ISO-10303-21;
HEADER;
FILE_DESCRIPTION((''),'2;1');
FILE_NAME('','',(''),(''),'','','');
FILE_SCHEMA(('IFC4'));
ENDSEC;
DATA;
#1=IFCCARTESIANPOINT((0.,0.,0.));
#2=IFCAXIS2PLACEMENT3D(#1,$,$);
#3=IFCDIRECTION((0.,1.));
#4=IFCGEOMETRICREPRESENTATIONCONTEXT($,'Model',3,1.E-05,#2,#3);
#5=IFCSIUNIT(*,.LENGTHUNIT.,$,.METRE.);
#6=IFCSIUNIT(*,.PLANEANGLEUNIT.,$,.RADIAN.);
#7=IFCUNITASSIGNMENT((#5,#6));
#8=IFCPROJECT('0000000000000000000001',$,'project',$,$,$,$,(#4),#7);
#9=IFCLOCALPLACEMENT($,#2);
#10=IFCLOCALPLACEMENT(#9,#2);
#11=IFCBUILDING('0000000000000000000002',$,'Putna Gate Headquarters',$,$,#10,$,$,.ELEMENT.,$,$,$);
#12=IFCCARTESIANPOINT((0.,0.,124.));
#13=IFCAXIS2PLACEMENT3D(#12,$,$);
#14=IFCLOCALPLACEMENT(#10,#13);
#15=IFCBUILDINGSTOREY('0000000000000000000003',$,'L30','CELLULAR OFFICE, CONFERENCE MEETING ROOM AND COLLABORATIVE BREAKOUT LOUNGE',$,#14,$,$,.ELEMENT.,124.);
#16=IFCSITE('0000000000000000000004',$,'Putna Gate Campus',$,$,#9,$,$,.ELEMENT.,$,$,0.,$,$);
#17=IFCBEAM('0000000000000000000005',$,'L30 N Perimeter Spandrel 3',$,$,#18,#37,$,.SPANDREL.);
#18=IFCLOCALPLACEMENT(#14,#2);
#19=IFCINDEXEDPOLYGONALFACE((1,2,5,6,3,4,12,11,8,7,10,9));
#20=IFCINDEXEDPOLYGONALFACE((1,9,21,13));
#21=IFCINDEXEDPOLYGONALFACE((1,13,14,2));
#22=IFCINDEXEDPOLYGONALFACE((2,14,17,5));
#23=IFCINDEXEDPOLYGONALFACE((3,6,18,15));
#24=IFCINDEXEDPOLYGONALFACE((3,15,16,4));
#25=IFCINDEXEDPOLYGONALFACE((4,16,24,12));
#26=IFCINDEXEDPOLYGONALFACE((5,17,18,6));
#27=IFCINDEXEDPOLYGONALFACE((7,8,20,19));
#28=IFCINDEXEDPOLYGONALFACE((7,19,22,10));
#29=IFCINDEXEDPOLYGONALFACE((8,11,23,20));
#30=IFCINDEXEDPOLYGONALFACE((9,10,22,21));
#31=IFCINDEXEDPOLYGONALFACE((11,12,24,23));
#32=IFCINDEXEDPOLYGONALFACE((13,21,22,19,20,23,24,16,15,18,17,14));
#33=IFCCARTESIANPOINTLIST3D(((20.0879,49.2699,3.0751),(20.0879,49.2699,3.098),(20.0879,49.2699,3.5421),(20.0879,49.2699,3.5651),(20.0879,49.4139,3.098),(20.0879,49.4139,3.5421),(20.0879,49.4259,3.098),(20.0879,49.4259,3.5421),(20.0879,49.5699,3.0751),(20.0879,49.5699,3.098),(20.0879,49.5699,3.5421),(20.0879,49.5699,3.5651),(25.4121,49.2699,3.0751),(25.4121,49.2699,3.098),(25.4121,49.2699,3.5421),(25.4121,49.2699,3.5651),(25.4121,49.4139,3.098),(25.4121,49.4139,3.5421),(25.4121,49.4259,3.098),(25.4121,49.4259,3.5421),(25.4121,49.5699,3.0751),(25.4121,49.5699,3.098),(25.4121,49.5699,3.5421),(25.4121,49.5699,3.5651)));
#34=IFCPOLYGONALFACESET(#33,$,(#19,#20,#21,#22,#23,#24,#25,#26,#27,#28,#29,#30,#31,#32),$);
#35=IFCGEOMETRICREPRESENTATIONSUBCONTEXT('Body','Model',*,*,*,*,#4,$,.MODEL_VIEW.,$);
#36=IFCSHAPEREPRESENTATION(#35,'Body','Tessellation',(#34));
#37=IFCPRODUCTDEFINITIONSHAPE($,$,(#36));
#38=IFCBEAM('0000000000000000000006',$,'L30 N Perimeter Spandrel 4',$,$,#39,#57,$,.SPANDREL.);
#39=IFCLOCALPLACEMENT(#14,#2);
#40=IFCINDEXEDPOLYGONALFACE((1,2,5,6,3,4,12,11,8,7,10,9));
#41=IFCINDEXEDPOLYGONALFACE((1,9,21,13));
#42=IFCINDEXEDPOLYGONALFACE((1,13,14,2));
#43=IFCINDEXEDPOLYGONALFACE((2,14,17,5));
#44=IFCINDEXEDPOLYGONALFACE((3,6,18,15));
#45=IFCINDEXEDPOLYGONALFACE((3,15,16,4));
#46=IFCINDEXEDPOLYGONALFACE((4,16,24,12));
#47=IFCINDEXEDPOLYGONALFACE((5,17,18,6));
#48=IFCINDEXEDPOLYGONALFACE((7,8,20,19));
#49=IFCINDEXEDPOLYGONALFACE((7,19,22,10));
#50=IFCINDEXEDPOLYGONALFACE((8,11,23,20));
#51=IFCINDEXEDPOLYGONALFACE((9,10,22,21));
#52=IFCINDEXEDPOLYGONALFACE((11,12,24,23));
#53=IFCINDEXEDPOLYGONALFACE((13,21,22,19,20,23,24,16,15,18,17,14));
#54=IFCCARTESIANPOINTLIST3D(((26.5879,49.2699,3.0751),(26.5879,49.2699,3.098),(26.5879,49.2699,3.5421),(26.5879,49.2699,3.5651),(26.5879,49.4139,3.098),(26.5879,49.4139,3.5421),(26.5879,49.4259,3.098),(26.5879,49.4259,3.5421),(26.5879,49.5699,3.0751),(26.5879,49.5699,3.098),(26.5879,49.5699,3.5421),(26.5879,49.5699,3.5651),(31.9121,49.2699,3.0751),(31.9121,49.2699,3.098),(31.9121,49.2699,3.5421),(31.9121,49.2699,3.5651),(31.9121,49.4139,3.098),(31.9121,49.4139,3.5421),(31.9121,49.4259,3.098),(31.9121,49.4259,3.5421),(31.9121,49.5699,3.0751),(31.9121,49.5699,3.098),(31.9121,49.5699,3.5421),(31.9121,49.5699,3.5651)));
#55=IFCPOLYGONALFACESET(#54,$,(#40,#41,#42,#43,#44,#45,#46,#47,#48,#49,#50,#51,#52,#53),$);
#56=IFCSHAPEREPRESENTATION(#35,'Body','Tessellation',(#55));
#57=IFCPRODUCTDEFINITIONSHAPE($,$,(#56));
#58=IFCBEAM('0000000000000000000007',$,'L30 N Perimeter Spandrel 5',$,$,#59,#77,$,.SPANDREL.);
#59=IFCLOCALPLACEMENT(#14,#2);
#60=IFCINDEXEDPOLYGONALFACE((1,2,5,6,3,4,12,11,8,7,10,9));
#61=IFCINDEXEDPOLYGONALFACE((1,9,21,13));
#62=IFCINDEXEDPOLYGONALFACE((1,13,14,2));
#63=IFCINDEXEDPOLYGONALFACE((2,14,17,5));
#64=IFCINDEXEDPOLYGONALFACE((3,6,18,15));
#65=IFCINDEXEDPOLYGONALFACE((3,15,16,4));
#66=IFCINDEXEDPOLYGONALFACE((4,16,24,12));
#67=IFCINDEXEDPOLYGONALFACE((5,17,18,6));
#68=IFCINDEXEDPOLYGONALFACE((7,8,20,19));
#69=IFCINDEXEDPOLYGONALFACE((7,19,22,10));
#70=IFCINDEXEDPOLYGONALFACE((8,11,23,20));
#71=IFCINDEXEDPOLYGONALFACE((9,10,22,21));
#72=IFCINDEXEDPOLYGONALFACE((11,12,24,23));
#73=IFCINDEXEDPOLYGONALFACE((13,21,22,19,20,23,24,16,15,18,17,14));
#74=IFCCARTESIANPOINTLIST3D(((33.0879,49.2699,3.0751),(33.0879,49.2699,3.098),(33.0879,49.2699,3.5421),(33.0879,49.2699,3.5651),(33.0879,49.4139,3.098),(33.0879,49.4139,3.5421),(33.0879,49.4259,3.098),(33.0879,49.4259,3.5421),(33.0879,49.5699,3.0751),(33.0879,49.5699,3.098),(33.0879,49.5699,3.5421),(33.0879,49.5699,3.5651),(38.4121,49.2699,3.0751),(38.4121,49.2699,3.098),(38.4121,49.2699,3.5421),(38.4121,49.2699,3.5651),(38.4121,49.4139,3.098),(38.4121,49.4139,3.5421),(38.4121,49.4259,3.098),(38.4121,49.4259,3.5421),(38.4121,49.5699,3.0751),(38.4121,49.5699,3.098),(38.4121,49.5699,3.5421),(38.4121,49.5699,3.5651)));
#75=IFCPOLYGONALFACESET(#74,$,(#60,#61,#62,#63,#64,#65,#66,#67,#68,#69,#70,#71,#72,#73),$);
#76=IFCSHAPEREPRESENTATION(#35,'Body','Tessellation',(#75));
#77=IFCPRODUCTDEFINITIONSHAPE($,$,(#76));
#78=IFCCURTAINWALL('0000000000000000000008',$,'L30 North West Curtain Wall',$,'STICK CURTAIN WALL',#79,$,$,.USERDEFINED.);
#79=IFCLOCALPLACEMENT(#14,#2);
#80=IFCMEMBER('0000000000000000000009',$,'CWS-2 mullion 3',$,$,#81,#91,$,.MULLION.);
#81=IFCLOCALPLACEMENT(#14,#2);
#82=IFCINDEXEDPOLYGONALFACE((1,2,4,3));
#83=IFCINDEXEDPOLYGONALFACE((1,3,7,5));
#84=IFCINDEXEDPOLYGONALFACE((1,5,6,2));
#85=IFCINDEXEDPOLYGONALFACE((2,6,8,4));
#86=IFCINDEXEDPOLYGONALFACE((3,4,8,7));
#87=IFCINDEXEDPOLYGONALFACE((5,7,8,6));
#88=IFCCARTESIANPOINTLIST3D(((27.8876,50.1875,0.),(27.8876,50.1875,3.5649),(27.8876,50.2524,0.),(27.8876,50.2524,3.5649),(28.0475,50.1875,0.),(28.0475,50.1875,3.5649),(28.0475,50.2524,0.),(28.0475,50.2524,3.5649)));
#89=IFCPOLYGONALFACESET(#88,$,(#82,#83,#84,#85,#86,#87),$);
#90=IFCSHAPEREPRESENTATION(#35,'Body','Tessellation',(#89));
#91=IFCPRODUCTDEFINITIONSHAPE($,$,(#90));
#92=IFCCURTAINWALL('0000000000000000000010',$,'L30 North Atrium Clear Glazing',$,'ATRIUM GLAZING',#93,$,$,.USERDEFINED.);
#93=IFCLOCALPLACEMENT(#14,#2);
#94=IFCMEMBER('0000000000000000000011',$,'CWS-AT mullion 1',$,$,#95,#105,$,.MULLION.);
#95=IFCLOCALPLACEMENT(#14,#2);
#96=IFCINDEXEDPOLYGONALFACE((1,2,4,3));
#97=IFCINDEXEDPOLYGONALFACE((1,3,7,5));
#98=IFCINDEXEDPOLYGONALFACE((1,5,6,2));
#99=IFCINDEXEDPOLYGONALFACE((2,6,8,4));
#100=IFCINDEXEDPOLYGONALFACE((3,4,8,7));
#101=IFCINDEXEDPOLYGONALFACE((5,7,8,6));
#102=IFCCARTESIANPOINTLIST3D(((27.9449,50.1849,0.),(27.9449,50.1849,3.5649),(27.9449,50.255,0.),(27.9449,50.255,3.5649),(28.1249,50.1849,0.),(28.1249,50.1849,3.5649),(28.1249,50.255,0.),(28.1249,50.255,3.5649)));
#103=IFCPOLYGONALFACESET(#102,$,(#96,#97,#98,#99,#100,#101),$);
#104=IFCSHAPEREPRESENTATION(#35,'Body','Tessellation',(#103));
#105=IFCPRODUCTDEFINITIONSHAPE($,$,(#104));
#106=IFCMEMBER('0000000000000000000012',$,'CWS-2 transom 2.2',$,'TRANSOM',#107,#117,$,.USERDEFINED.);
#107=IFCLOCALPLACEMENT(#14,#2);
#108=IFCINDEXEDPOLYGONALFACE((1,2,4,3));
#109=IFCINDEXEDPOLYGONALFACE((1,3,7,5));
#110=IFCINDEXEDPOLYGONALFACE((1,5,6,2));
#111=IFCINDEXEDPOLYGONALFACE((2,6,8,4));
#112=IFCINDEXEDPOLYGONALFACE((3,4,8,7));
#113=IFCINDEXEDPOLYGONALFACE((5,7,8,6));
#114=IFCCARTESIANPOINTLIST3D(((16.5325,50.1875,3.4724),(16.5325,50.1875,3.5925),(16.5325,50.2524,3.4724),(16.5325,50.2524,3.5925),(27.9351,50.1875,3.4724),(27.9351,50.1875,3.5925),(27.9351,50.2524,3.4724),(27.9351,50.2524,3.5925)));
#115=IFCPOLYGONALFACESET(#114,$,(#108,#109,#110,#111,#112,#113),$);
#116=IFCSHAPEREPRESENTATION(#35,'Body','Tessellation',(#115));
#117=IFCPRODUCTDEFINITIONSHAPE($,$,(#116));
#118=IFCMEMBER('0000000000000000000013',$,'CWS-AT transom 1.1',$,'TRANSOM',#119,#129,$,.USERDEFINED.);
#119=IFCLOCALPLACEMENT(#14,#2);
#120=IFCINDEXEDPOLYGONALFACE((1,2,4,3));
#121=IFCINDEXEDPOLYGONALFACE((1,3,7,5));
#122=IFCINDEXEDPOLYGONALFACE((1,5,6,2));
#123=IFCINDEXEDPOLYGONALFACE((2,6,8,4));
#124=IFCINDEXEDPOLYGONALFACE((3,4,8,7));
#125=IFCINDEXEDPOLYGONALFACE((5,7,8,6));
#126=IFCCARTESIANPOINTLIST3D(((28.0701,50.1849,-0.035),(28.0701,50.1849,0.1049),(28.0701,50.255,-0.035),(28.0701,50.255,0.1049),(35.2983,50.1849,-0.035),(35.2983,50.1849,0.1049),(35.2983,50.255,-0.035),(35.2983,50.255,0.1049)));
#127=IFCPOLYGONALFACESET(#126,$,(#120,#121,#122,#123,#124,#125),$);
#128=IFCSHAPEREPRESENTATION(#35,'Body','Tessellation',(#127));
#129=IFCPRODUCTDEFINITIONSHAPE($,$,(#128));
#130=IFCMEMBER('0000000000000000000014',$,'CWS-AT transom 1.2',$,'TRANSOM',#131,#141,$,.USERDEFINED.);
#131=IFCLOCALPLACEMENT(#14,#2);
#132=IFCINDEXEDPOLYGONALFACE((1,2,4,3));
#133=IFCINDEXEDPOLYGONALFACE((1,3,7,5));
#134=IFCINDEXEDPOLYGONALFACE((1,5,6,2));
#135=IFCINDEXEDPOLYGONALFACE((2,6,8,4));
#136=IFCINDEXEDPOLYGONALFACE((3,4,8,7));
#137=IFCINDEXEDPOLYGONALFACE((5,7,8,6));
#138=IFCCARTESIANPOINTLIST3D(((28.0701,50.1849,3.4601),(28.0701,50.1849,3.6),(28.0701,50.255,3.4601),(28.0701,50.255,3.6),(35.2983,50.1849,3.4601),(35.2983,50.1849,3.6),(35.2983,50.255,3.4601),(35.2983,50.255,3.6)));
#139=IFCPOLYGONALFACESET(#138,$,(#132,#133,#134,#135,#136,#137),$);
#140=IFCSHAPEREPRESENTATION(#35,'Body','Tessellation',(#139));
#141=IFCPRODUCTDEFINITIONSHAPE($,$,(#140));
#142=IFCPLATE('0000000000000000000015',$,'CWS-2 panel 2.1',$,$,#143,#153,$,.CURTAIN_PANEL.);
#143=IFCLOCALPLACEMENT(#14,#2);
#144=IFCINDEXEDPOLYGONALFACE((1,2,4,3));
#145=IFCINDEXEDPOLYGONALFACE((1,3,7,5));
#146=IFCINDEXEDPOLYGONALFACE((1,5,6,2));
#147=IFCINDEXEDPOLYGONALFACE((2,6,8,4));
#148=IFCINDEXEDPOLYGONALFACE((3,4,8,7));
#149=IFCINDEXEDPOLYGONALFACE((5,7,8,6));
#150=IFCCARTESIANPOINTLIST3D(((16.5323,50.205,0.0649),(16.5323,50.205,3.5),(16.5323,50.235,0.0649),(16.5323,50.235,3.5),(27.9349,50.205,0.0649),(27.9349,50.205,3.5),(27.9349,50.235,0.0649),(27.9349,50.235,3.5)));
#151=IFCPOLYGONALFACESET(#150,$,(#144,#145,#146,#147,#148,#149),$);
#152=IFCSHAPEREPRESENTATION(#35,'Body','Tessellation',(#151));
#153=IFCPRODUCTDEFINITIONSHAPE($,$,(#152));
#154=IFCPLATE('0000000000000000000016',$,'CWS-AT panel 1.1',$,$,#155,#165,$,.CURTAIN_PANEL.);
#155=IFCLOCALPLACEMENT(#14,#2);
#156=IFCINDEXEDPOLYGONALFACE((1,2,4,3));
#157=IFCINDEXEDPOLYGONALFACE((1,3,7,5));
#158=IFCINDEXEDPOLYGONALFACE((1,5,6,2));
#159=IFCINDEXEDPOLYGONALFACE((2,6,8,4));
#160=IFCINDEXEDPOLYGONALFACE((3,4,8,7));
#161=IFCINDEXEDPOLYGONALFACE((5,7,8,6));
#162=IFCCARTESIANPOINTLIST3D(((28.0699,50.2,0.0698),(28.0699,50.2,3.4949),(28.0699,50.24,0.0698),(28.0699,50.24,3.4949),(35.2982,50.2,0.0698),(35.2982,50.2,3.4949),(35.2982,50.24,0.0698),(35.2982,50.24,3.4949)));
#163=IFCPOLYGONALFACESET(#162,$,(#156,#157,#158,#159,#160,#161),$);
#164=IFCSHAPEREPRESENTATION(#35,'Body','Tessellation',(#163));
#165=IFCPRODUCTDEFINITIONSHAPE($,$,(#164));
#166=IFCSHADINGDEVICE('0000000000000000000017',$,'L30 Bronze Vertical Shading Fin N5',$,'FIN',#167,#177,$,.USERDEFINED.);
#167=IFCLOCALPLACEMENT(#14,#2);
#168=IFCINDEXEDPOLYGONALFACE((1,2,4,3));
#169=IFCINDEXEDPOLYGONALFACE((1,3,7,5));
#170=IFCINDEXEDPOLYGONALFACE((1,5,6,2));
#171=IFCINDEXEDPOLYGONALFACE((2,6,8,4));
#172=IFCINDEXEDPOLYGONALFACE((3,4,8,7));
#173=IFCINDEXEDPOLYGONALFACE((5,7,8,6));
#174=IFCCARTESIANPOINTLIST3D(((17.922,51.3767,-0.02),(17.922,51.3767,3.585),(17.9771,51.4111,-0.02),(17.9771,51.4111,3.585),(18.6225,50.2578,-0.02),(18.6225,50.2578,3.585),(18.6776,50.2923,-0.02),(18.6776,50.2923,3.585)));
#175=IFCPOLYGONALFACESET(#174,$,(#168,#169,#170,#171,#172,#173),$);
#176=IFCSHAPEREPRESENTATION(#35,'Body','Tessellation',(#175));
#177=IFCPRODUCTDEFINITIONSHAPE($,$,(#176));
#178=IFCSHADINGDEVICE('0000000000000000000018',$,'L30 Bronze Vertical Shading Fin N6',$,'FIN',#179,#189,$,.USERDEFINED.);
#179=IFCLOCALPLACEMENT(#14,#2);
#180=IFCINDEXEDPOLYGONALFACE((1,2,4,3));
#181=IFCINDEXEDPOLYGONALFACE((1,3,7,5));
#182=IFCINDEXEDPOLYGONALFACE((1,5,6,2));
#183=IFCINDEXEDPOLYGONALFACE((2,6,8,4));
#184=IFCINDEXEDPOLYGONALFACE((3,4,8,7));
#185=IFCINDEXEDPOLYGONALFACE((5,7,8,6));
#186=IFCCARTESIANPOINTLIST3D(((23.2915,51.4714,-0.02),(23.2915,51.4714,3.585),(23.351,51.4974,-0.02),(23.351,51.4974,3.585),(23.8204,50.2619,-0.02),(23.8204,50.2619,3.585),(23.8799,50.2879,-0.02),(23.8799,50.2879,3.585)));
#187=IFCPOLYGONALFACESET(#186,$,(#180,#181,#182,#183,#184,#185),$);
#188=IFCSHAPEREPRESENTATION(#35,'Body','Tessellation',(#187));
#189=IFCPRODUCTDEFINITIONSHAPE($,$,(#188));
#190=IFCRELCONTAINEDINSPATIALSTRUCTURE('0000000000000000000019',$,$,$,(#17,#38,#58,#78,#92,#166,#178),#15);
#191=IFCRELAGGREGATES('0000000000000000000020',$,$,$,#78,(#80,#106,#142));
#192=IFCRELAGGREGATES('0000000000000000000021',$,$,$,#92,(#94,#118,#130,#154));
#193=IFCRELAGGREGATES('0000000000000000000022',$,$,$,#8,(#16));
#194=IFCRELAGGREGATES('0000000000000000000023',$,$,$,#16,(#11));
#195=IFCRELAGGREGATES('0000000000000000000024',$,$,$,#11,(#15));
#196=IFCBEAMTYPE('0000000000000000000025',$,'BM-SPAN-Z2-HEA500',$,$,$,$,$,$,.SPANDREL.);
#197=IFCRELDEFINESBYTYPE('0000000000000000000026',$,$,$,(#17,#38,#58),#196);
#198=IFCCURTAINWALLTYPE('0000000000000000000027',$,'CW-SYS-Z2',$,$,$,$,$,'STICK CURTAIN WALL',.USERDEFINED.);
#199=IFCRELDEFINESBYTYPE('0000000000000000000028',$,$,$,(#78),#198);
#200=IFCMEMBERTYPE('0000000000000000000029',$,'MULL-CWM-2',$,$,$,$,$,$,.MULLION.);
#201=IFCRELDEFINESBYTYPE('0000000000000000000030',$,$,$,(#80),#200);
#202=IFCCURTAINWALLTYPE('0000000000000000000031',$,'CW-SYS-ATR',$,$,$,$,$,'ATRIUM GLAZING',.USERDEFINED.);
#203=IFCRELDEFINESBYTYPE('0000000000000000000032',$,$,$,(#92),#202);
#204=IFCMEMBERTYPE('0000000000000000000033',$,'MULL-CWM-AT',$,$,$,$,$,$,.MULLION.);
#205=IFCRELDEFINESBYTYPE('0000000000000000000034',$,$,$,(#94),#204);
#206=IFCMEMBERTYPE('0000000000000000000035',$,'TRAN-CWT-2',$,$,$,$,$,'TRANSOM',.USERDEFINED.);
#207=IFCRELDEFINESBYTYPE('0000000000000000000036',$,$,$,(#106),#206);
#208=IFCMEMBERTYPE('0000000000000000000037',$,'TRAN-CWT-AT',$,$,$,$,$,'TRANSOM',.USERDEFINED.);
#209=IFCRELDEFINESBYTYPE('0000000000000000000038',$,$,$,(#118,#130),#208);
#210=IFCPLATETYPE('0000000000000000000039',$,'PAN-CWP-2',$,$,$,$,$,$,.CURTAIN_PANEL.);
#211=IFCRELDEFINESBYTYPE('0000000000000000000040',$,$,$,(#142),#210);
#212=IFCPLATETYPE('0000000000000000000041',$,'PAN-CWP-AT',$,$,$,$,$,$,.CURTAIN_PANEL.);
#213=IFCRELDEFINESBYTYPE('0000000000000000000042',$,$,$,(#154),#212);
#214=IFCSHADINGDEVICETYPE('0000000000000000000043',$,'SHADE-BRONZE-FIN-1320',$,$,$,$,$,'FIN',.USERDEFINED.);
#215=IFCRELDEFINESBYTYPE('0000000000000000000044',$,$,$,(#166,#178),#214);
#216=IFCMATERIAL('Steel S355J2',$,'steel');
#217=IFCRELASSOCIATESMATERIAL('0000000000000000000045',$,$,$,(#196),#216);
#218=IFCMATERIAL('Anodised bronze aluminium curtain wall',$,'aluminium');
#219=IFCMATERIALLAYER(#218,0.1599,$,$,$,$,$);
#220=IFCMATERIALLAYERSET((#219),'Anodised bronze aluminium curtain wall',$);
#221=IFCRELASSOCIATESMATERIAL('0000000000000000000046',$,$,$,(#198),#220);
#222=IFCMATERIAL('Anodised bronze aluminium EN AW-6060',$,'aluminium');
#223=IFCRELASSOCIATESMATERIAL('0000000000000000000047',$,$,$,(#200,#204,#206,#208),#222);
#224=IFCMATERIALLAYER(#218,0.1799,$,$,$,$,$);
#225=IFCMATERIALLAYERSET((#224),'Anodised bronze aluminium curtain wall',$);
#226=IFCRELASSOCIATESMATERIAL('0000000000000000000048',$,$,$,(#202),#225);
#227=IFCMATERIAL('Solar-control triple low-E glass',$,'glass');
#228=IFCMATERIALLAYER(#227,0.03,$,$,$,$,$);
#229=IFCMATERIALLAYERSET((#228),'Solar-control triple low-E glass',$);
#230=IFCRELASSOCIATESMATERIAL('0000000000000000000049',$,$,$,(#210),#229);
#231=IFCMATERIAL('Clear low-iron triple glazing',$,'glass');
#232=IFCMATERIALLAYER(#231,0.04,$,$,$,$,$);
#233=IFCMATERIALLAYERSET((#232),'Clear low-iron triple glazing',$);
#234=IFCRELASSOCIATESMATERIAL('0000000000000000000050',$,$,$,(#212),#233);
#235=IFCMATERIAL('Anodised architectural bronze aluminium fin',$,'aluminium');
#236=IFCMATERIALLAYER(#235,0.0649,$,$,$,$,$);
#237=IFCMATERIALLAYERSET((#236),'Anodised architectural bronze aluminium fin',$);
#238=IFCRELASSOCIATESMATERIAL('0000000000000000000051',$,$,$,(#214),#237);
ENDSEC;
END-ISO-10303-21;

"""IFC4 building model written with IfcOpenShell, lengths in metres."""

from ifc_helpers import new_model, si_unit, direction, frame, origin, origin_2d, place, context, subcontext, project, spatial, rectangle, i_section, extrude, material, layer, layer_set, material_profile, profile_set, type_object, element, aggregate, save


model = new_model("IFC4")

# Units and contexts
model_context = context("Model", 3, precision=1e-05, world=origin(), true_north=direction((0.0, 1.0)))
body_context = subcontext(model_context, "Body", "Model", "MODEL_VIEW")
ifc_project = project(units=[si_unit("LENGTHUNIT", "METRE"), si_unit("PLANEANGLEUNIT", "RADIAN")], contexts=[model_context])

# Site, building, storey
site_placement = place(None, origin())
site = spatial("IfcSite", under=ifc_project, at=site_placement, Name="Putna Gate Campus", CompositionType="ELEMENT", RefElevation=0.0)
building_placement = place(site_placement, origin())
building = spatial("IfcBuilding", under=site, at=building_placement, Name="Putna Gate Headquarters", CompositionType="ELEMENT")
storey_placement = place(building_placement, frame((0.0, 0.0, 124.0)))
storey = spatial("IfcBuildingStorey", under=building, at=storey_placement, Name="L30", Description="CELLULAR OFFICE, CONFERENCE MEETING ROOM AND COLLABORATIVE BREAKOUT LOUNGE", CompositionType="ELEMENT", Elevation=124.0)

# Beams
ifc_material_1 = material(Name="Steel S355J2", Category="steel")
ifc_material_profile_1 = material_profile(ifc_material_1, i_section(OverallWidth=0.3, OverallDepth=0.49, WebThickness=0.012, FlangeThickness=0.0229, at=origin_2d()), Name="Steel S355J2")
ifc_profile_set_1 = profile_set([ifc_material_profile_1], Name="Steel S355J2")
beam_type_1 = type_object("IfcBeamType", Name="BM-SPAN-Z2-HEA500", PredefinedType="SPANDREL", material=ifc_profile_set_1)
for number, where, z_axis, x_axis, name in (
    (1, (20.0879, 49.4199, 3.3201), (1.0, 0.0, 0.0), (0.0, 1.0, 0.0), "L30 N Perimeter Spandrel 3"),
    (2, (26.5879, 49.4199, 3.3201), (1.0, 0.0, 0.0), (0.0, 1.0, 0.0), "L30 N Perimeter Spandrel 4"),
    (3, (33.0879, 49.4199, 3.3201), (1.0, 0.0, 0.0), (0.0, 1.0, 0.0), "L30 N Perimeter Spandrel 5"),
):
    element("IfcBeam", number, at=place(storey_placement, frame(where, z_axis=z_axis, x_axis=x_axis)), inside=storey, type_object=beam_type_1, Name=name, PredefinedType="SPANDREL", context=body_context, shape_type="SweptSolid", body=[
        extrude(i_section(OverallWidth=0.3, OverallDepth=0.49, WebThickness=0.012, FlangeThickness=0.0229, at=origin_2d()), origin(), (0.0, 0.0, 1.0), 5.3242),
    ])

# Curtain walls, members
ifc_material_2 = material(Name="Anodised bronze aluminium curtain wall", Category="aluminium")
ifc_layer_1 = layer(ifc_material_2, 0.1599)
ifc_layer_set_1 = layer_set([ifc_layer_1], Name="Anodised bronze aluminium curtain wall")
curtain_wall_type_1 = type_object("IfcCurtainWallType", Name="CW-SYS-Z2", ElementType="STICK CURTAIN WALL", PredefinedType="USERDEFINED", material=ifc_layer_set_1)
curtain_wall_1_placement = place(storey_placement, origin())
curtain_wall_1 = element("IfcCurtainWall", 4, at=curtain_wall_1_placement, inside=storey, type_object=curtain_wall_type_1, Name="L30 North West Curtain Wall", ObjectType="STICK CURTAIN WALL", PredefinedType="USERDEFINED")
ifc_material_3 = material(Name="Anodised bronze aluminium EN AW-6060", Category="aluminium")
ifc_material_profile_2 = material_profile(ifc_material_3, rectangle(XDim=0.0649, YDim=0.1599, at=origin_2d()), Name="Anodised bronze aluminium EN AW-6060")
ifc_profile_set_2 = profile_set([ifc_material_profile_2], Name="Anodised bronze aluminium EN AW-6060")
member_type_1 = type_object("IfcMemberType", Name="MULL-CWM-2", PredefinedType="MULLION", material=ifc_profile_set_2)
member_1_placement = place(storey_placement, frame((27.9675, 50.22, 0.0), z_axis=(0.0, 0.0, 1.0), x_axis=(0.0, 1.0, 0.0)))
member_1 = element("IfcMember", 5, at=member_1_placement, type_object=member_type_1, Name="CWS-2 mullion 3", PredefinedType="MULLION", context=body_context, shape_type="SweptSolid", body=[
    extrude(rectangle(XDim=0.0649, YDim=0.1599, at=origin_2d()), origin(), (0.0, 0.0, 1.0), 3.5649),
])
ifc_layer_2 = layer(ifc_material_2, 0.1799)
ifc_layer_set_2 = layer_set([ifc_layer_2], Name="Anodised bronze aluminium curtain wall")
curtain_wall_type_2 = type_object("IfcCurtainWallType", Name="CW-SYS-ATR", ElementType="ATRIUM GLAZING", PredefinedType="USERDEFINED", material=ifc_layer_set_2)
curtain_wall_2_placement = place(storey_placement, origin())
curtain_wall_2 = element("IfcCurtainWall", 6, at=curtain_wall_2_placement, inside=storey, type_object=curtain_wall_type_2, Name="L30 North Atrium Clear Glazing", ObjectType="ATRIUM GLAZING", PredefinedType="USERDEFINED")
ifc_material_profile_3 = material_profile(ifc_material_3, rectangle(XDim=0.0701, YDim=0.1799, at=origin_2d()), Name="Anodised bronze aluminium EN AW-6060")
ifc_profile_set_3 = profile_set([ifc_material_profile_3], Name="Anodised bronze aluminium EN AW-6060")
member_type_2 = type_object("IfcMemberType", Name="MULL-CWM-AT", PredefinedType="MULLION", material=ifc_profile_set_3)
member_2_placement = place(storey_placement, frame((28.0349, 50.22, 0.0), z_axis=(0.0, 0.0, 1.0), x_axis=(0.0, 1.0, 0.0)))
member_2 = element("IfcMember", 7, at=member_2_placement, type_object=member_type_2, Name="CWS-AT mullion 1", PredefinedType="MULLION", context=body_context, shape_type="SweptSolid", body=[
    extrude(rectangle(XDim=0.0701, YDim=0.1799, at=origin_2d()), origin(), (0.0, 0.0, 1.0), 3.5649),
])

# Members
ifc_material_profile_4 = material_profile(ifc_material_3, rectangle(XDim=0.0649, YDim=0.1201, at=origin_2d()), Name="Anodised bronze aluminium EN AW-6060")
ifc_profile_set_4 = profile_set([ifc_material_profile_4], Name="Anodised bronze aluminium EN AW-6060")
member_type_3 = type_object("IfcMemberType", Name="TRAN-CWT-2", ElementType="TRANSOM", PredefinedType="USERDEFINED", material=ifc_profile_set_4)
member_3_placement = place(storey_placement, frame((16.5325, 50.22, 3.5325), z_axis=(1.0, 0.0, 0.0), x_axis=(0.0, 1.0, 0.0)))
member_3 = element("IfcMember", 8, at=member_3_placement, type_object=member_type_3, Name="CWS-2 transom 2.2", ObjectType="TRANSOM", PredefinedType="USERDEFINED", context=body_context, shape_type="SweptSolid", body=[
    extrude(rectangle(XDim=0.0649, YDim=0.1201, at=origin_2d()), origin(), (0.0, 0.0, 1.0), 11.4026),
])
ifc_material_profile_5 = material_profile(ifc_material_3, rectangle(XDim=0.0701, YDim=0.1399, at=origin_2d()), Name="Anodised bronze aluminium EN AW-6060")
ifc_profile_set_5 = profile_set([ifc_material_profile_5], Name="Anodised bronze aluminium EN AW-6060")
member_type_4 = type_object("IfcMemberType", Name="TRAN-CWT-AT", ElementType="TRANSOM", PredefinedType="USERDEFINED", material=ifc_profile_set_5)
member_4_placement = place(storey_placement, frame((28.0701, 50.22, 0.0349), z_axis=(1.0, 0.0, 0.0), x_axis=(0.0, 1.0, 0.0)))
member_4 = element("IfcMember", 9, at=member_4_placement, type_object=member_type_4, Name="CWS-AT transom 1.1", ObjectType="TRANSOM", PredefinedType="USERDEFINED", context=body_context, shape_type="SweptSolid", body=[
    extrude(rectangle(XDim=0.0701, YDim=0.1399, at=origin_2d()), origin(), (0.0, 0.0, 1.0), 7.2283),
])
member_5_placement = place(storey_placement, frame((28.0701, 50.22, 3.53), z_axis=(1.0, 0.0, 0.0), x_axis=(0.0, 1.0, 0.0)))
member_5 = element("IfcMember", 10, at=member_5_placement, type_object=member_type_4, Name="CWS-AT transom 1.2", ObjectType="TRANSOM", PredefinedType="USERDEFINED", context=body_context, shape_type="SweptSolid", body=[
    extrude(rectangle(XDim=0.0701, YDim=0.1399, at=origin_2d()), origin(), (0.0, 0.0, 1.0), 7.2283),
])

# Plates
ifc_material_4 = material(Name="Solar-control triple low-E glass", Category="glass")
ifc_layer_3 = layer(ifc_material_4, 0.03)
ifc_layer_set_3 = layer_set([ifc_layer_3], Name="Solar-control triple low-E glass")
plate_type_1 = type_object("IfcPlateType", Name="PAN-CWP-2", PredefinedType="CURTAIN_PANEL", material=ifc_layer_set_3)
plate_1_placement = place(storey_placement, frame((22.2336, 50.22, 0.0649), z_axis=(0.0, 0.0, 1.0), x_axis=(1.0, 0.0, 0.0)))
plate_1 = element("IfcPlate", 11, at=plate_1_placement, type_object=plate_type_1, Name="CWS-2 panel 2.1", PredefinedType="CURTAIN_PANEL", context=body_context, shape_type="SweptSolid", body=[
    extrude(rectangle(XDim=11.4026, YDim=0.03, at=origin_2d()), origin(), (0.0, 0.0, 1.0), 3.4351),
])
aggregate(curtain_wall_1, [member_1, member_3, plate_1])
ifc_material_5 = material(Name="Clear low-iron triple glazing", Category="glass")
ifc_layer_4 = layer(ifc_material_5, 0.04)
ifc_layer_set_4 = layer_set([ifc_layer_4], Name="Clear low-iron triple glazing")
plate_type_2 = type_object("IfcPlateType", Name="PAN-CWP-AT", PredefinedType="CURTAIN_PANEL", material=ifc_layer_set_4)
plate_2_placement = place(storey_placement, frame((31.6841, 50.22, 0.0698), z_axis=(0.0, 0.0, 1.0), x_axis=(1.0, 0.0, 0.0)))
plate_2 = element("IfcPlate", 12, at=plate_2_placement, type_object=plate_type_2, Name="CWS-AT panel 1.1", PredefinedType="CURTAIN_PANEL", context=body_context, shape_type="SweptSolid", body=[
    extrude(rectangle(XDim=7.2283, YDim=0.04, at=origin_2d()), origin(), (0.0, 0.0, 1.0), 3.425),
])
aggregate(curtain_wall_2, [member_2, member_4, member_5, plate_2])

# Shading devices
ifc_material_6 = material(Name="Anodised architectural bronze aluminium fin", Category="aluminium")
ifc_layer_5 = layer(ifc_material_6, 0.0649)
ifc_layer_set_5 = layer_set([ifc_layer_5], Name="Anodised architectural bronze aluminium fin")
shading_device_type = type_object("IfcShadingDeviceType", Name="SHADE-BRONZE-FIN-1320", ElementType="FIN", PredefinedType="USERDEFINED", material=ifc_layer_set_5)
for number, where, z_axis, x_axis, name in (
    (13, (18.2998, 50.8345, -0.02), (0.0, 0.0, 1.0), (-0.530659, 0.847585, 0.0), "L30 Bronze Vertical Shading Fin N5"),
    (14, (23.5857, 50.8796, -0.02), (0.0, 0.0, 1.0), (-0.400669, 0.916223, 0.0), "L30 Bronze Vertical Shading Fin N6"),
):
    element("IfcShadingDevice", number, at=place(storey_placement, frame(where, z_axis=z_axis, x_axis=x_axis)), inside=storey, type_object=shading_device_type, Name=name, ObjectType="FIN", PredefinedType="USERDEFINED", context=body_context, shape_type="SweptSolid", body=[
        extrude(rectangle(XDim=1.3201, YDim=0.0649, at=origin_2d()), origin(), (0.0, 0.0, 1.0), 3.605),
    ])

save(model, "model.ifc")
